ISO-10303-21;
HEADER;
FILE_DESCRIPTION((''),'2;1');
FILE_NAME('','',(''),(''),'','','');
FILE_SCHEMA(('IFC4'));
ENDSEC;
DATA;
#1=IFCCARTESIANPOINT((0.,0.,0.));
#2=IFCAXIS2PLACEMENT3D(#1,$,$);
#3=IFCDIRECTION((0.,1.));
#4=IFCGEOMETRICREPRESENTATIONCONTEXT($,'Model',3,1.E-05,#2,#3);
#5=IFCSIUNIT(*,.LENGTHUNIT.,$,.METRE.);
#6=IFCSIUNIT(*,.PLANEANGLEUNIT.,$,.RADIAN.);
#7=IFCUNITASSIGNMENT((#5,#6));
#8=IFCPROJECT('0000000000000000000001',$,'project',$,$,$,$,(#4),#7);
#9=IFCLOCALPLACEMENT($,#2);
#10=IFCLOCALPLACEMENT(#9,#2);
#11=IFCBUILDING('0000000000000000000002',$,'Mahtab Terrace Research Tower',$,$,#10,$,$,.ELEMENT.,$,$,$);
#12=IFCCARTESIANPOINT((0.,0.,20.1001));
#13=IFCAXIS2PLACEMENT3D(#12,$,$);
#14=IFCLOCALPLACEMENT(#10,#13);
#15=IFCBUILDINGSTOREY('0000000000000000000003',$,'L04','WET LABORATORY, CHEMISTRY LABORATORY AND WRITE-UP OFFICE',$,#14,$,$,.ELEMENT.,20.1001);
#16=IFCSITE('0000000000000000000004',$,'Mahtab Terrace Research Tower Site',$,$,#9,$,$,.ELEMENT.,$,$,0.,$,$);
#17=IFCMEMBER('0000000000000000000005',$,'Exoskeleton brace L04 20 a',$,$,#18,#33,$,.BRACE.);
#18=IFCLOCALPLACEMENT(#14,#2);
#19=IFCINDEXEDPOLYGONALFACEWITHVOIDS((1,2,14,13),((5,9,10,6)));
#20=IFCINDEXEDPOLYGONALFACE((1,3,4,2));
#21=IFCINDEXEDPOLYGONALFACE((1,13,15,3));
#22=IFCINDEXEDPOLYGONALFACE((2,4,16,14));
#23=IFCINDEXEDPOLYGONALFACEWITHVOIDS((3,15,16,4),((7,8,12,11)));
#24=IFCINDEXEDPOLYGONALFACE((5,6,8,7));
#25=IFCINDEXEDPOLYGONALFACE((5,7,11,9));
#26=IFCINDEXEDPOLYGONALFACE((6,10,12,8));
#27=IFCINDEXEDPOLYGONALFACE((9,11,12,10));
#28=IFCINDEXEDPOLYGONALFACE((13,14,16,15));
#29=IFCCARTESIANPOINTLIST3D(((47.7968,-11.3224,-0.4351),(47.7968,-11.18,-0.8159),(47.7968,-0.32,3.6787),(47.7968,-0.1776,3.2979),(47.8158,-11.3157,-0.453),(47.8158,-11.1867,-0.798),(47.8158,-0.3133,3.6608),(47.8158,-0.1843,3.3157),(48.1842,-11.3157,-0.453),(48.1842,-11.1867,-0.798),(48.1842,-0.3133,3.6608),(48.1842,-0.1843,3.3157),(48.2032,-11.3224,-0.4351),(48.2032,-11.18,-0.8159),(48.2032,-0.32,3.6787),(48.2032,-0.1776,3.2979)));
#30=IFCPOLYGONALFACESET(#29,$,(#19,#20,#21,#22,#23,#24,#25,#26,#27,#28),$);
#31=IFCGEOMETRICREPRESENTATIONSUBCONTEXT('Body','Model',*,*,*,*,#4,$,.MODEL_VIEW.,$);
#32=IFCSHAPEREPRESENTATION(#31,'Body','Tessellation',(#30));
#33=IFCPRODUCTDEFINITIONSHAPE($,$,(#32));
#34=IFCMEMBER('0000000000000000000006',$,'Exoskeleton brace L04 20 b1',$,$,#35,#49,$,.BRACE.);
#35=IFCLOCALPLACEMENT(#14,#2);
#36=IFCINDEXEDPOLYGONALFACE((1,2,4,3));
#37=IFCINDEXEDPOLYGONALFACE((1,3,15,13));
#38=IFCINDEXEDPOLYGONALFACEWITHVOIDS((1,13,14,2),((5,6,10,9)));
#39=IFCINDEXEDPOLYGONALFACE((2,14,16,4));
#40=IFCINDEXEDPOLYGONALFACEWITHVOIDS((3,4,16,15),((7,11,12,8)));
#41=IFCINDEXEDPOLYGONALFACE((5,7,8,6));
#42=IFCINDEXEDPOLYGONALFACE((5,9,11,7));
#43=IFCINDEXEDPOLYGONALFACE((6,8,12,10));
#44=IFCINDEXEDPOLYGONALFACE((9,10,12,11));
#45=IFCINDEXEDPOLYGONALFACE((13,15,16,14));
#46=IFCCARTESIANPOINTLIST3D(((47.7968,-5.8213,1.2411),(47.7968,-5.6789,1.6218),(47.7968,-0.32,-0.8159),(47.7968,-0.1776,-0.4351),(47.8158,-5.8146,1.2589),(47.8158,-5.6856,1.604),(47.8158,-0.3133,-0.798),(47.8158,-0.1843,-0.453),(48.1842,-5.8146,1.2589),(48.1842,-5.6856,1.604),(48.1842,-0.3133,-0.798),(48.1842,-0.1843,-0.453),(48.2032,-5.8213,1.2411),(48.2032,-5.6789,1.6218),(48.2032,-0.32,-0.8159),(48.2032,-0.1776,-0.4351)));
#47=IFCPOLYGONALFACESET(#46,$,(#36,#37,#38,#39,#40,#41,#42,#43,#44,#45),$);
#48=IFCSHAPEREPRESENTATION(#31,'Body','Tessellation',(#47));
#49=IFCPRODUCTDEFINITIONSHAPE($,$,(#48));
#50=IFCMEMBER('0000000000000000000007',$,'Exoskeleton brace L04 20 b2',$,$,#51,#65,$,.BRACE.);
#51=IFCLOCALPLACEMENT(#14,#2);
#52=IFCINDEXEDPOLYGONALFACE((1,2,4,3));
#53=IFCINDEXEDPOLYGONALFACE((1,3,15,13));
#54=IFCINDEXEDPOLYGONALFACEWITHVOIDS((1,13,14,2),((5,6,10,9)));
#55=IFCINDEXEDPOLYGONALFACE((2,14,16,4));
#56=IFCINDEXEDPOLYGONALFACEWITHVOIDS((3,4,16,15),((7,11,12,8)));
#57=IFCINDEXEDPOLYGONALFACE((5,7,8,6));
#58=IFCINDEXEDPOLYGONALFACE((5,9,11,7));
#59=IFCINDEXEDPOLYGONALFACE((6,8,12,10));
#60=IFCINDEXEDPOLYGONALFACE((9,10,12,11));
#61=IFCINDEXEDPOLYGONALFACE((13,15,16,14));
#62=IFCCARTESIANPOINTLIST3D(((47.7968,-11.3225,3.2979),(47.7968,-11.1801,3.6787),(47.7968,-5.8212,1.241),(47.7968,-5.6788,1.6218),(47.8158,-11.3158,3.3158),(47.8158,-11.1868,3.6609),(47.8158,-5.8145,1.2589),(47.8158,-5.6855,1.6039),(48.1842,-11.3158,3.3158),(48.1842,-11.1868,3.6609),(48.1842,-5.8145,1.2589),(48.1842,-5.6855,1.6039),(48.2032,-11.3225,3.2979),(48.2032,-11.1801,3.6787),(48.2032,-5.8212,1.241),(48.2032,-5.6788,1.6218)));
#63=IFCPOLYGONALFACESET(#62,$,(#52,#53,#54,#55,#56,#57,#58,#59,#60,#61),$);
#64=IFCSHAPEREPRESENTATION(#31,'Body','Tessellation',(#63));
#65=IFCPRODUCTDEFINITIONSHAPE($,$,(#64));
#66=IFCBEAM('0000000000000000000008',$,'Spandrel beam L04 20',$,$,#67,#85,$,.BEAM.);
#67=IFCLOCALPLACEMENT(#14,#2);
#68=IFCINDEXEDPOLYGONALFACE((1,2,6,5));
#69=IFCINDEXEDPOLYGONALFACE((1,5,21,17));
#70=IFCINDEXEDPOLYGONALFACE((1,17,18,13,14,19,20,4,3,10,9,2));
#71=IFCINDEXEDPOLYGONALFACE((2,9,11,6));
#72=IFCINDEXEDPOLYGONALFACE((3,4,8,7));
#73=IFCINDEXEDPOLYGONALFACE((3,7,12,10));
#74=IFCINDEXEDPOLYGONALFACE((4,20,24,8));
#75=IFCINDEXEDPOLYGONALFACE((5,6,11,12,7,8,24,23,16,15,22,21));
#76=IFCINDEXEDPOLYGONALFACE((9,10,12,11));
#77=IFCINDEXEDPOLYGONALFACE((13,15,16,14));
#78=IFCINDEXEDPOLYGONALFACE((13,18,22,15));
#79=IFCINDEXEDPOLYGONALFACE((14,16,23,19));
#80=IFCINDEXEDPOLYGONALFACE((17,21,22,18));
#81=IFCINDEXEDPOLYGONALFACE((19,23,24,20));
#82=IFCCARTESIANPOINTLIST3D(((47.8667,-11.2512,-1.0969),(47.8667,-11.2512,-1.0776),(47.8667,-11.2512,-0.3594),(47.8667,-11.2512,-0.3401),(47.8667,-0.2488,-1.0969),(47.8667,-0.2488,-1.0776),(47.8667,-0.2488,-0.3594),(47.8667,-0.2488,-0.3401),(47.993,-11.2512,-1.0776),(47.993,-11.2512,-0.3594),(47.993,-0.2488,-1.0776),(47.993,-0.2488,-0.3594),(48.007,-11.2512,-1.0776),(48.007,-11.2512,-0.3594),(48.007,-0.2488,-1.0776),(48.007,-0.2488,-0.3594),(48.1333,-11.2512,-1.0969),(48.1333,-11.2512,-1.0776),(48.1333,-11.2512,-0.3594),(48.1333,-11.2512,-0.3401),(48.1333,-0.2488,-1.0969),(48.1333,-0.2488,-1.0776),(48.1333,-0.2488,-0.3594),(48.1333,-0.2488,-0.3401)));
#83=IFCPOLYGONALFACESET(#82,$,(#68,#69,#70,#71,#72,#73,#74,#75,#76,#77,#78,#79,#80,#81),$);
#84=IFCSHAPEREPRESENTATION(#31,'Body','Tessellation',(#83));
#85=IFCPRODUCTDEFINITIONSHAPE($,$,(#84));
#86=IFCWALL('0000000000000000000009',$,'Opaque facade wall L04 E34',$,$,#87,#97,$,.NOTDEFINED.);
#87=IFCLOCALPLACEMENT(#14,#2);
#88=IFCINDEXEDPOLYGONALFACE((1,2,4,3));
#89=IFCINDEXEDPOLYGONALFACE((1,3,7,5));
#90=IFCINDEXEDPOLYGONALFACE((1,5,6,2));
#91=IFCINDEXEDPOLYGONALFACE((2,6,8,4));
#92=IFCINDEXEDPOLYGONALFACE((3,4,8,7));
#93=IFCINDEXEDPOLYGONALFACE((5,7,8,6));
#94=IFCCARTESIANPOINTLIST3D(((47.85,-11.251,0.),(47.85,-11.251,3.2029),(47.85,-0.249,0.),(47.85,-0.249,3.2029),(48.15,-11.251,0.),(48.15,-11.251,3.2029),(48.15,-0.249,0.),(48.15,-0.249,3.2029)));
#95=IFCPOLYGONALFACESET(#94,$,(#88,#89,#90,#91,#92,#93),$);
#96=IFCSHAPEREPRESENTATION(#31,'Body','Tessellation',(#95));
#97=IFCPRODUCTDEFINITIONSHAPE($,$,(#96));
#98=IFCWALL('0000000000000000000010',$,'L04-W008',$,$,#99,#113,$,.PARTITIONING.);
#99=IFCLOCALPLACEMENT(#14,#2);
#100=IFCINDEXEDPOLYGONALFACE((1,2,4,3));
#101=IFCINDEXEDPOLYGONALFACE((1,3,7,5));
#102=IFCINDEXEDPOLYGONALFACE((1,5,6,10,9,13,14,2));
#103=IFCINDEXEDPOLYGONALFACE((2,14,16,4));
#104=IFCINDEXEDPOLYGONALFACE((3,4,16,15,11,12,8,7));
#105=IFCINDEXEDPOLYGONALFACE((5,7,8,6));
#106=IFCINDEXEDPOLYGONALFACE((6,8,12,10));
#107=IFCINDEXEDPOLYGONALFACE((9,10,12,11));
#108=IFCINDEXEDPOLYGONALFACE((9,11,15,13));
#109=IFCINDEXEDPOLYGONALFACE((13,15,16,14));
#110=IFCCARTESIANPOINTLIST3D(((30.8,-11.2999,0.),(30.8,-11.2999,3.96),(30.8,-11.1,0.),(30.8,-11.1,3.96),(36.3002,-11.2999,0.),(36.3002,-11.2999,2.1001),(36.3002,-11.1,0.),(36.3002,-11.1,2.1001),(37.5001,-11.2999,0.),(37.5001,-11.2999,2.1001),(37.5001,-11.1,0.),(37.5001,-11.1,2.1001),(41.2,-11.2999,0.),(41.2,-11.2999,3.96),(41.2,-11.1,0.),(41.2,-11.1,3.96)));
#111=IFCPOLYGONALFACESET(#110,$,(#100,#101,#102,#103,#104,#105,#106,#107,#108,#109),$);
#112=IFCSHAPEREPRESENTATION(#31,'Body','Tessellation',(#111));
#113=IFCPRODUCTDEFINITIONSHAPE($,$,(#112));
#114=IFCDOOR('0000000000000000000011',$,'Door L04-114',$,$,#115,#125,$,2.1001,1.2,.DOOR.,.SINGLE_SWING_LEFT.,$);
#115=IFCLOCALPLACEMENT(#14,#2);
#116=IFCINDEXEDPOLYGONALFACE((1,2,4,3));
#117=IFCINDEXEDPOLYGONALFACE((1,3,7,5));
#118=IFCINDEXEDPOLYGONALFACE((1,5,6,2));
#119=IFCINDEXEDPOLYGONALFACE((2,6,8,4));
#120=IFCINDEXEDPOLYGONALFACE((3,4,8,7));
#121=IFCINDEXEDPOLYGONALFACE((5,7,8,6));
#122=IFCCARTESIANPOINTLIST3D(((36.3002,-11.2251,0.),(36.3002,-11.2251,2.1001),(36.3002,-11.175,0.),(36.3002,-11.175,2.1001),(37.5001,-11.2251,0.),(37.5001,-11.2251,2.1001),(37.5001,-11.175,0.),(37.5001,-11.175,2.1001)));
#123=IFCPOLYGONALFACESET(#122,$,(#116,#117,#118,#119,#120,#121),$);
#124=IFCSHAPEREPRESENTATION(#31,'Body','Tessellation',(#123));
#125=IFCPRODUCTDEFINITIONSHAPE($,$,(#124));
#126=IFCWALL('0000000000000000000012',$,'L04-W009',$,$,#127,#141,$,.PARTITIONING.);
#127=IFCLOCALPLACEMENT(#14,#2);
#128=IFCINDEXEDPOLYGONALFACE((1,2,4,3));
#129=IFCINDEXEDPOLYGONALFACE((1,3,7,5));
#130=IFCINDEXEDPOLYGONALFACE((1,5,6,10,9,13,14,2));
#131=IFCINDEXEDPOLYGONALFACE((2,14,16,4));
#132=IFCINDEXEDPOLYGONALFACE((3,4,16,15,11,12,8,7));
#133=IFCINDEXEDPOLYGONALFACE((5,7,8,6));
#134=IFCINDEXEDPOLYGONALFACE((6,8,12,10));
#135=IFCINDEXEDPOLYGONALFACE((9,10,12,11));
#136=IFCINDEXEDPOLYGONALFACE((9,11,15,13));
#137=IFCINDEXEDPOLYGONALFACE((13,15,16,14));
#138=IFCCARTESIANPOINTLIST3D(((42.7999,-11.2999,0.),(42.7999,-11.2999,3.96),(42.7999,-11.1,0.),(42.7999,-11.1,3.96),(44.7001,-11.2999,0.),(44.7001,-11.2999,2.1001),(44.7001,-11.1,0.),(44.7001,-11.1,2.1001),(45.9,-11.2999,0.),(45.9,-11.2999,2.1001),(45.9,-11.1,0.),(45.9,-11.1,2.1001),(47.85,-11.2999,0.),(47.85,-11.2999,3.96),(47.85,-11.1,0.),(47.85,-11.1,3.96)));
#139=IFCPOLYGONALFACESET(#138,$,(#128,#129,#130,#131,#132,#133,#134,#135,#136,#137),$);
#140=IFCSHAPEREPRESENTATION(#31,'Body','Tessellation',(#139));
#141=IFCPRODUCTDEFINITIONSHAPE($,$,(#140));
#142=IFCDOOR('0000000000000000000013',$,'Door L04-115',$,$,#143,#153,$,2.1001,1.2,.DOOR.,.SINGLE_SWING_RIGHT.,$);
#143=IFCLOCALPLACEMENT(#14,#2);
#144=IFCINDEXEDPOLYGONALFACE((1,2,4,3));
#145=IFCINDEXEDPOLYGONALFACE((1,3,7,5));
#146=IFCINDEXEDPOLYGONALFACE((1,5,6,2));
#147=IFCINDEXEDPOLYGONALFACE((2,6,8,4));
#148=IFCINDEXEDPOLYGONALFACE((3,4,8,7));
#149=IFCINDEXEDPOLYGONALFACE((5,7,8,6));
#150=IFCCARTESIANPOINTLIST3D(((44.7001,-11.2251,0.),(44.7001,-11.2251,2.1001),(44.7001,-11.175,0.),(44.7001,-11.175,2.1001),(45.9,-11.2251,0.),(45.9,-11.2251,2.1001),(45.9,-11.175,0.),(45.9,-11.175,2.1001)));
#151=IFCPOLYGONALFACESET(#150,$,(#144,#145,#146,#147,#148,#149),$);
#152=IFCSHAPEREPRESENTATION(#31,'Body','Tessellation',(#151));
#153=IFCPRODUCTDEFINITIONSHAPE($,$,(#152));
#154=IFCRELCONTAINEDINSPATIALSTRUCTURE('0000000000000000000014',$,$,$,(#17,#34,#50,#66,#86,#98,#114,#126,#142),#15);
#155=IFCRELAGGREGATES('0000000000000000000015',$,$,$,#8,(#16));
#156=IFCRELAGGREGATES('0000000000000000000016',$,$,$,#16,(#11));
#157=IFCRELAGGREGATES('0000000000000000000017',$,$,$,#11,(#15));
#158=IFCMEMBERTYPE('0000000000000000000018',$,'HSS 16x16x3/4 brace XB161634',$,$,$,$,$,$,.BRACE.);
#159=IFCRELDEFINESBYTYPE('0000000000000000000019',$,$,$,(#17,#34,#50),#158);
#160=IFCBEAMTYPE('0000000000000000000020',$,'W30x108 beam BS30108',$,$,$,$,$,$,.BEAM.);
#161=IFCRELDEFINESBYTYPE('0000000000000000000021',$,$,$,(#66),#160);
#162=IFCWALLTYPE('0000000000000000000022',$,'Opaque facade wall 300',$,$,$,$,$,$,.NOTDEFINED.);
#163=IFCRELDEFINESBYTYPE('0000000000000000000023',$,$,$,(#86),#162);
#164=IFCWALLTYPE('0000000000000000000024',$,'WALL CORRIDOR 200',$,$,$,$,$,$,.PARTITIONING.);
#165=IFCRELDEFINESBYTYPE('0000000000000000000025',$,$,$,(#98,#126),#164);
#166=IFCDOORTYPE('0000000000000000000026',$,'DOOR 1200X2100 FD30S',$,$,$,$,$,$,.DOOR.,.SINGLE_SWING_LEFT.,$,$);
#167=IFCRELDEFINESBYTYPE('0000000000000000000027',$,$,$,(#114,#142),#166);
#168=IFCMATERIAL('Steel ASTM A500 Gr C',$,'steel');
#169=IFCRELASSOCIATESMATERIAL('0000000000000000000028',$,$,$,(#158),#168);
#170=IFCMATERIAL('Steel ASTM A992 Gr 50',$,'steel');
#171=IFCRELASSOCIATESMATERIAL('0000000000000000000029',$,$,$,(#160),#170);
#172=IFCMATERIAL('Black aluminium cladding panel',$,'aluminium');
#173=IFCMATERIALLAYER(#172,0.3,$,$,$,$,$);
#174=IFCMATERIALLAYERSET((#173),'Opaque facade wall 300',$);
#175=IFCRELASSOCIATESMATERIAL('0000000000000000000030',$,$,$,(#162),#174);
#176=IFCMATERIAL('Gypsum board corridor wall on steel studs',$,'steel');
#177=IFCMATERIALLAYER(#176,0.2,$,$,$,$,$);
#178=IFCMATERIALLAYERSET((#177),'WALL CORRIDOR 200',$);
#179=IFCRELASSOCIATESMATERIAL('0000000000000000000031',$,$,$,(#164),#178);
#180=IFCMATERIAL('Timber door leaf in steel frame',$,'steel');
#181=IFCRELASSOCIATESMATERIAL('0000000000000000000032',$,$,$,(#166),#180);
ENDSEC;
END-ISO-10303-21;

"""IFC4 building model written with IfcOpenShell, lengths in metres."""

from ifc_helpers import new_model, si_unit, direction, frame, frame_2d, origin, origin_2d, place, context, subcontext, project, spatial, rectangle, hollow_rectangle, i_section, extrude, material, layer, layer_set, material_profile, profile_set, type_object, element, fill, save


model = new_model("IFC4")

# Units and contexts
model_context = context("Model", 3, precision=1e-05, world=origin(), true_north=direction((0.0, 1.0)))
body_context = subcontext(model_context, "Body", "Model", "MODEL_VIEW")
ifc_project = project(units=[si_unit("LENGTHUNIT", "METRE"), si_unit("PLANEANGLEUNIT", "RADIAN")], contexts=[model_context])

# Site, building, storey
site_placement = place(None, origin())
site = spatial("IfcSite", under=ifc_project, at=site_placement, Name="Mahtab Terrace Research Tower Site", CompositionType="ELEMENT", RefElevation=0.0)
building_placement = place(site_placement, origin())
building = spatial("IfcBuilding", under=site, at=building_placement, Name="Mahtab Terrace Research Tower", CompositionType="ELEMENT")
storey_placement = place(building_placement, frame((0.0, 0.0, 20.1001)))
storey = spatial("IfcBuildingStorey", under=building, at=storey_placement, Name="L04", Description="WET LABORATORY, CHEMISTRY LABORATORY AND WRITE-UP OFFICE", CompositionType="ELEMENT", Elevation=20.1001)

# Members
ifc_material_1 = material(Name="Steel ASTM A500 Gr C", Category="steel")
ifc_material_profile_1 = material_profile(ifc_material_1, hollow_rectangle(XDim=0.4065, YDim=0.4065, WallThickness=0.019, at=origin_2d()), Name="HSS16X16X3/4")
ifc_profile_set_1 = profile_set([ifc_material_profile_1], Name="Steel ASTM A500 Gr C")
member_type = type_object("IfcMemberType", Name="HSS 16x16x3/4 brace XB161634", PredefinedType="BRACE", material=ifc_profile_set_1)
member_placement = place(storey_placement, frame((48.0, -11.2512, -0.6255), z_axis=(0.0, 0.936669, 0.350217), x_axis=(-1.0, 0.0, 0.0)))
element("IfcMember", 1, at=member_placement, inside=storey, type_object=member_type, Name="Exoskeleton brace L04 20 a", PredefinedType="BRACE", context=body_context, shape_type="SweptSolid", body=[
    extrude(hollow_rectangle(XDim=0.4065, YDim=0.4065, WallThickness=0.019, at=origin_2d()), origin(), (0.0, 0.0, 1.0), 11.7463),
])
for number, where, z_axis, x_axis, name in (
    (2, (48.0, -0.2488, -0.6255), (0.0, -0.936669, 0.350217), (1.0, 0.0, 0.0), "Exoskeleton brace L04 20 b1"),
    (3, (48.0, -5.75, 1.4314), (0.0, -0.936669, 0.350217), (1.0, 0.0, 0.0), "Exoskeleton brace L04 20 b2"),
):
    element("IfcMember", number, at=place(storey_placement, frame(where, z_axis=z_axis, x_axis=x_axis)), inside=storey, type_object=member_type, Name=name, PredefinedType="BRACE", context=body_context, shape_type="SweptSolid", body=[
        extrude(hollow_rectangle(XDim=0.4065, YDim=0.4065, WallThickness=0.019, at=origin_2d()), origin(), (0.0, 0.0, 1.0), 5.8733),
    ])

# Beam
ifc_material_2 = material(Name="Steel ASTM A992 Gr 50", Category="steel")
ifc_material_profile_2 = material_profile(ifc_material_2, i_section(OverallWidth=0.2666, OverallDepth=0.7568, WebThickness=0.0139, FlangeThickness=0.0193, at=origin_2d()), Name="W30X108")
ifc_profile_set_2 = profile_set([ifc_material_profile_2], Name="Steel ASTM A992 Gr 50")
beam_type = type_object("IfcBeamType", Name="W30x108 beam BS30108", PredefinedType="BEAM", material=ifc_profile_set_2)
beam_placement = place(storey_placement, frame((48.0, -11.2512, -0.7185), z_axis=(0.0, 1.0, 0.0), x_axis=(-1.0, 0.0, 0.0)))
element("IfcBeam", 4, at=beam_placement, inside=storey, type_object=beam_type, Name="Spandrel beam L04 20", PredefinedType="BEAM", context=body_context, shape_type="SweptSolid", body=[
    extrude(i_section(OverallWidth=0.2666, OverallDepth=0.7568, WebThickness=0.0139, FlangeThickness=0.0193, at=origin_2d()), origin(), (0.0, 0.0, 1.0), 11.0024),
])

# Wall
ifc_material_3 = material(Name="Black aluminium cladding panel", Category="aluminium")
ifc_layer_1 = layer(ifc_material_3, 0.3)
ifc_layer_set_1 = layer_set([ifc_layer_1], Name="Opaque facade wall 300")
wall_type_1 = type_object("IfcWallType", Name="Opaque facade wall 300", PredefinedType="NOTDEFINED", material=ifc_layer_set_1)
wall_1_placement = place(storey_placement, frame((48.0, -11.251, 0.0), z_axis=(0.0, 0.0, 1.0), x_axis=(0.0, 1.0, 0.0)))
element("IfcWall", 5, at=wall_1_placement, inside=storey, type_object=wall_type_1, Name="Opaque facade wall L04 E34", PredefinedType="NOTDEFINED", context=body_context, shape_type="SweptSolid", body=[
    extrude(rectangle(XDim=11.002, YDim=0.3, at=frame_2d((5.501, 0.0))), origin(), (0.0, 0.0, 1.0), 3.2029),
])

# Walls, openings, doors
ifc_material_4 = material(Name="Gypsum board corridor wall on steel studs", Category="steel")
ifc_layer_2 = layer(ifc_material_4, 0.2)
ifc_layer_set_2 = layer_set([ifc_layer_2], Name="WALL CORRIDOR 200")
wall_type_2 = type_object("IfcWallType", Name="WALL CORRIDOR 200", PredefinedType="PARTITIONING", material=ifc_layer_set_2)
wall_2_placement = place(storey_placement, frame((30.8, -11.2, 0.0), z_axis=(0.0, 0.0, 1.0), x_axis=(1.0, 0.0, 0.0)))
wall_2 = element("IfcWall", 6, at=wall_2_placement, inside=storey, type_object=wall_type_2, Name="L04-W008", PredefinedType="PARTITIONING", context=body_context, shape_type="SweptSolid", body=[
    extrude(rectangle(XDim=10.3999, YDim=0.2, at=frame_2d((5.2, 0.0))), origin(), (0.0, 0.0, 1.0), 3.96),
])
opening_1_placement = place(wall_2_placement, frame((5.5, 0.0, 0.0)))
opening_1 = element("IfcOpeningElement", 7, at=opening_1_placement, cuts=wall_2, PredefinedType="OPENING", context=body_context, shape_type="SweptSolid", body=[
    extrude(rectangle(XDim=1.2, YDim=2.1001, at=frame_2d((0.6001, 1.05))), frame((0.0, 0.1099, 0.0), z_axis=(0.0, -1.0, 0.0), x_axis=(1.0, 0.0, 0.0)), (0.0, 0.0, 1.0), 0.22),
])
ifc_material_5 = material(Name="Timber door leaf in steel frame", Category="steel")
door_type = type_object("IfcDoorType", Name="DOOR 1200X2100 FD30S", OperationType="SINGLE_SWING_LEFT", PredefinedType="DOOR", material=ifc_material_5)
door_1_placement = place(opening_1_placement, origin())
door_1 = element("IfcDoor", 8, at=door_1_placement, inside=storey, type_object=door_type, Name="Door L04-114", OperationType="SINGLE_SWING_LEFT", OverallHeight=2.1001, OverallWidth=1.2, PredefinedType="DOOR", context=body_context, shape_type="SweptSolid", body=[
    extrude(rectangle(XDim=1.2, YDim=2.1001, at=frame_2d((0.6001, 1.05))), frame((0.0, 0.0249, 0.0), z_axis=(0.0, -1.0, 0.0), x_axis=(1.0, 0.0, 0.0)), (0.0, 0.0, 1.0), 0.05),
])
fill(opening_1, door_1)
wall_3_placement = place(storey_placement, frame((42.8, -11.2, 0.0), z_axis=(0.0, 0.0, 1.0), x_axis=(1.0, 0.0, 0.0)))
wall_3 = element("IfcWall", 9, at=wall_3_placement, inside=storey, type_object=wall_type_2, Name="L04-W009", PredefinedType="PARTITIONING", context=body_context, shape_type="SweptSolid", body=[
    extrude(rectangle(XDim=5.05, YDim=0.2, at=frame_2d((2.5249, 0.0))), origin(), (0.0, 0.0, 1.0), 3.96),
])
opening_2_placement = place(wall_3_placement, frame((1.8999, 0.0, 0.0)))
opening_2 = element("IfcOpeningElement", 10, at=opening_2_placement, cuts=wall_3, PredefinedType="OPENING", context=body_context, shape_type="SweptSolid", body=[
    extrude(rectangle(XDim=1.2, YDim=2.1001, at=frame_2d((0.6001, 1.05))), frame((0.0, 0.1099, 0.0), z_axis=(0.0, -1.0, 0.0), x_axis=(1.0, 0.0, 0.0)), (0.0, 0.0, 1.0), 0.22),
])
door_2_placement = place(opening_2_placement, origin())
door_2 = element("IfcDoor", 11, at=door_2_placement, inside=storey, type_object=door_type, Name="Door L04-115", OperationType="SINGLE_SWING_RIGHT", OverallHeight=2.1001, OverallWidth=1.2, PredefinedType="DOOR", context=body_context, shape_type="SweptSolid", body=[
    extrude(rectangle(XDim=1.2, YDim=2.1001, at=frame_2d((0.6001, 1.05))), frame((0.0, 0.0249, 0.0), z_axis=(0.0, -1.0, 0.0), x_axis=(1.0, 0.0, 0.0)), (0.0, 0.0, 1.0), 0.05),
])
fill(opening_2, door_2)

save(model, "model.ifc")
